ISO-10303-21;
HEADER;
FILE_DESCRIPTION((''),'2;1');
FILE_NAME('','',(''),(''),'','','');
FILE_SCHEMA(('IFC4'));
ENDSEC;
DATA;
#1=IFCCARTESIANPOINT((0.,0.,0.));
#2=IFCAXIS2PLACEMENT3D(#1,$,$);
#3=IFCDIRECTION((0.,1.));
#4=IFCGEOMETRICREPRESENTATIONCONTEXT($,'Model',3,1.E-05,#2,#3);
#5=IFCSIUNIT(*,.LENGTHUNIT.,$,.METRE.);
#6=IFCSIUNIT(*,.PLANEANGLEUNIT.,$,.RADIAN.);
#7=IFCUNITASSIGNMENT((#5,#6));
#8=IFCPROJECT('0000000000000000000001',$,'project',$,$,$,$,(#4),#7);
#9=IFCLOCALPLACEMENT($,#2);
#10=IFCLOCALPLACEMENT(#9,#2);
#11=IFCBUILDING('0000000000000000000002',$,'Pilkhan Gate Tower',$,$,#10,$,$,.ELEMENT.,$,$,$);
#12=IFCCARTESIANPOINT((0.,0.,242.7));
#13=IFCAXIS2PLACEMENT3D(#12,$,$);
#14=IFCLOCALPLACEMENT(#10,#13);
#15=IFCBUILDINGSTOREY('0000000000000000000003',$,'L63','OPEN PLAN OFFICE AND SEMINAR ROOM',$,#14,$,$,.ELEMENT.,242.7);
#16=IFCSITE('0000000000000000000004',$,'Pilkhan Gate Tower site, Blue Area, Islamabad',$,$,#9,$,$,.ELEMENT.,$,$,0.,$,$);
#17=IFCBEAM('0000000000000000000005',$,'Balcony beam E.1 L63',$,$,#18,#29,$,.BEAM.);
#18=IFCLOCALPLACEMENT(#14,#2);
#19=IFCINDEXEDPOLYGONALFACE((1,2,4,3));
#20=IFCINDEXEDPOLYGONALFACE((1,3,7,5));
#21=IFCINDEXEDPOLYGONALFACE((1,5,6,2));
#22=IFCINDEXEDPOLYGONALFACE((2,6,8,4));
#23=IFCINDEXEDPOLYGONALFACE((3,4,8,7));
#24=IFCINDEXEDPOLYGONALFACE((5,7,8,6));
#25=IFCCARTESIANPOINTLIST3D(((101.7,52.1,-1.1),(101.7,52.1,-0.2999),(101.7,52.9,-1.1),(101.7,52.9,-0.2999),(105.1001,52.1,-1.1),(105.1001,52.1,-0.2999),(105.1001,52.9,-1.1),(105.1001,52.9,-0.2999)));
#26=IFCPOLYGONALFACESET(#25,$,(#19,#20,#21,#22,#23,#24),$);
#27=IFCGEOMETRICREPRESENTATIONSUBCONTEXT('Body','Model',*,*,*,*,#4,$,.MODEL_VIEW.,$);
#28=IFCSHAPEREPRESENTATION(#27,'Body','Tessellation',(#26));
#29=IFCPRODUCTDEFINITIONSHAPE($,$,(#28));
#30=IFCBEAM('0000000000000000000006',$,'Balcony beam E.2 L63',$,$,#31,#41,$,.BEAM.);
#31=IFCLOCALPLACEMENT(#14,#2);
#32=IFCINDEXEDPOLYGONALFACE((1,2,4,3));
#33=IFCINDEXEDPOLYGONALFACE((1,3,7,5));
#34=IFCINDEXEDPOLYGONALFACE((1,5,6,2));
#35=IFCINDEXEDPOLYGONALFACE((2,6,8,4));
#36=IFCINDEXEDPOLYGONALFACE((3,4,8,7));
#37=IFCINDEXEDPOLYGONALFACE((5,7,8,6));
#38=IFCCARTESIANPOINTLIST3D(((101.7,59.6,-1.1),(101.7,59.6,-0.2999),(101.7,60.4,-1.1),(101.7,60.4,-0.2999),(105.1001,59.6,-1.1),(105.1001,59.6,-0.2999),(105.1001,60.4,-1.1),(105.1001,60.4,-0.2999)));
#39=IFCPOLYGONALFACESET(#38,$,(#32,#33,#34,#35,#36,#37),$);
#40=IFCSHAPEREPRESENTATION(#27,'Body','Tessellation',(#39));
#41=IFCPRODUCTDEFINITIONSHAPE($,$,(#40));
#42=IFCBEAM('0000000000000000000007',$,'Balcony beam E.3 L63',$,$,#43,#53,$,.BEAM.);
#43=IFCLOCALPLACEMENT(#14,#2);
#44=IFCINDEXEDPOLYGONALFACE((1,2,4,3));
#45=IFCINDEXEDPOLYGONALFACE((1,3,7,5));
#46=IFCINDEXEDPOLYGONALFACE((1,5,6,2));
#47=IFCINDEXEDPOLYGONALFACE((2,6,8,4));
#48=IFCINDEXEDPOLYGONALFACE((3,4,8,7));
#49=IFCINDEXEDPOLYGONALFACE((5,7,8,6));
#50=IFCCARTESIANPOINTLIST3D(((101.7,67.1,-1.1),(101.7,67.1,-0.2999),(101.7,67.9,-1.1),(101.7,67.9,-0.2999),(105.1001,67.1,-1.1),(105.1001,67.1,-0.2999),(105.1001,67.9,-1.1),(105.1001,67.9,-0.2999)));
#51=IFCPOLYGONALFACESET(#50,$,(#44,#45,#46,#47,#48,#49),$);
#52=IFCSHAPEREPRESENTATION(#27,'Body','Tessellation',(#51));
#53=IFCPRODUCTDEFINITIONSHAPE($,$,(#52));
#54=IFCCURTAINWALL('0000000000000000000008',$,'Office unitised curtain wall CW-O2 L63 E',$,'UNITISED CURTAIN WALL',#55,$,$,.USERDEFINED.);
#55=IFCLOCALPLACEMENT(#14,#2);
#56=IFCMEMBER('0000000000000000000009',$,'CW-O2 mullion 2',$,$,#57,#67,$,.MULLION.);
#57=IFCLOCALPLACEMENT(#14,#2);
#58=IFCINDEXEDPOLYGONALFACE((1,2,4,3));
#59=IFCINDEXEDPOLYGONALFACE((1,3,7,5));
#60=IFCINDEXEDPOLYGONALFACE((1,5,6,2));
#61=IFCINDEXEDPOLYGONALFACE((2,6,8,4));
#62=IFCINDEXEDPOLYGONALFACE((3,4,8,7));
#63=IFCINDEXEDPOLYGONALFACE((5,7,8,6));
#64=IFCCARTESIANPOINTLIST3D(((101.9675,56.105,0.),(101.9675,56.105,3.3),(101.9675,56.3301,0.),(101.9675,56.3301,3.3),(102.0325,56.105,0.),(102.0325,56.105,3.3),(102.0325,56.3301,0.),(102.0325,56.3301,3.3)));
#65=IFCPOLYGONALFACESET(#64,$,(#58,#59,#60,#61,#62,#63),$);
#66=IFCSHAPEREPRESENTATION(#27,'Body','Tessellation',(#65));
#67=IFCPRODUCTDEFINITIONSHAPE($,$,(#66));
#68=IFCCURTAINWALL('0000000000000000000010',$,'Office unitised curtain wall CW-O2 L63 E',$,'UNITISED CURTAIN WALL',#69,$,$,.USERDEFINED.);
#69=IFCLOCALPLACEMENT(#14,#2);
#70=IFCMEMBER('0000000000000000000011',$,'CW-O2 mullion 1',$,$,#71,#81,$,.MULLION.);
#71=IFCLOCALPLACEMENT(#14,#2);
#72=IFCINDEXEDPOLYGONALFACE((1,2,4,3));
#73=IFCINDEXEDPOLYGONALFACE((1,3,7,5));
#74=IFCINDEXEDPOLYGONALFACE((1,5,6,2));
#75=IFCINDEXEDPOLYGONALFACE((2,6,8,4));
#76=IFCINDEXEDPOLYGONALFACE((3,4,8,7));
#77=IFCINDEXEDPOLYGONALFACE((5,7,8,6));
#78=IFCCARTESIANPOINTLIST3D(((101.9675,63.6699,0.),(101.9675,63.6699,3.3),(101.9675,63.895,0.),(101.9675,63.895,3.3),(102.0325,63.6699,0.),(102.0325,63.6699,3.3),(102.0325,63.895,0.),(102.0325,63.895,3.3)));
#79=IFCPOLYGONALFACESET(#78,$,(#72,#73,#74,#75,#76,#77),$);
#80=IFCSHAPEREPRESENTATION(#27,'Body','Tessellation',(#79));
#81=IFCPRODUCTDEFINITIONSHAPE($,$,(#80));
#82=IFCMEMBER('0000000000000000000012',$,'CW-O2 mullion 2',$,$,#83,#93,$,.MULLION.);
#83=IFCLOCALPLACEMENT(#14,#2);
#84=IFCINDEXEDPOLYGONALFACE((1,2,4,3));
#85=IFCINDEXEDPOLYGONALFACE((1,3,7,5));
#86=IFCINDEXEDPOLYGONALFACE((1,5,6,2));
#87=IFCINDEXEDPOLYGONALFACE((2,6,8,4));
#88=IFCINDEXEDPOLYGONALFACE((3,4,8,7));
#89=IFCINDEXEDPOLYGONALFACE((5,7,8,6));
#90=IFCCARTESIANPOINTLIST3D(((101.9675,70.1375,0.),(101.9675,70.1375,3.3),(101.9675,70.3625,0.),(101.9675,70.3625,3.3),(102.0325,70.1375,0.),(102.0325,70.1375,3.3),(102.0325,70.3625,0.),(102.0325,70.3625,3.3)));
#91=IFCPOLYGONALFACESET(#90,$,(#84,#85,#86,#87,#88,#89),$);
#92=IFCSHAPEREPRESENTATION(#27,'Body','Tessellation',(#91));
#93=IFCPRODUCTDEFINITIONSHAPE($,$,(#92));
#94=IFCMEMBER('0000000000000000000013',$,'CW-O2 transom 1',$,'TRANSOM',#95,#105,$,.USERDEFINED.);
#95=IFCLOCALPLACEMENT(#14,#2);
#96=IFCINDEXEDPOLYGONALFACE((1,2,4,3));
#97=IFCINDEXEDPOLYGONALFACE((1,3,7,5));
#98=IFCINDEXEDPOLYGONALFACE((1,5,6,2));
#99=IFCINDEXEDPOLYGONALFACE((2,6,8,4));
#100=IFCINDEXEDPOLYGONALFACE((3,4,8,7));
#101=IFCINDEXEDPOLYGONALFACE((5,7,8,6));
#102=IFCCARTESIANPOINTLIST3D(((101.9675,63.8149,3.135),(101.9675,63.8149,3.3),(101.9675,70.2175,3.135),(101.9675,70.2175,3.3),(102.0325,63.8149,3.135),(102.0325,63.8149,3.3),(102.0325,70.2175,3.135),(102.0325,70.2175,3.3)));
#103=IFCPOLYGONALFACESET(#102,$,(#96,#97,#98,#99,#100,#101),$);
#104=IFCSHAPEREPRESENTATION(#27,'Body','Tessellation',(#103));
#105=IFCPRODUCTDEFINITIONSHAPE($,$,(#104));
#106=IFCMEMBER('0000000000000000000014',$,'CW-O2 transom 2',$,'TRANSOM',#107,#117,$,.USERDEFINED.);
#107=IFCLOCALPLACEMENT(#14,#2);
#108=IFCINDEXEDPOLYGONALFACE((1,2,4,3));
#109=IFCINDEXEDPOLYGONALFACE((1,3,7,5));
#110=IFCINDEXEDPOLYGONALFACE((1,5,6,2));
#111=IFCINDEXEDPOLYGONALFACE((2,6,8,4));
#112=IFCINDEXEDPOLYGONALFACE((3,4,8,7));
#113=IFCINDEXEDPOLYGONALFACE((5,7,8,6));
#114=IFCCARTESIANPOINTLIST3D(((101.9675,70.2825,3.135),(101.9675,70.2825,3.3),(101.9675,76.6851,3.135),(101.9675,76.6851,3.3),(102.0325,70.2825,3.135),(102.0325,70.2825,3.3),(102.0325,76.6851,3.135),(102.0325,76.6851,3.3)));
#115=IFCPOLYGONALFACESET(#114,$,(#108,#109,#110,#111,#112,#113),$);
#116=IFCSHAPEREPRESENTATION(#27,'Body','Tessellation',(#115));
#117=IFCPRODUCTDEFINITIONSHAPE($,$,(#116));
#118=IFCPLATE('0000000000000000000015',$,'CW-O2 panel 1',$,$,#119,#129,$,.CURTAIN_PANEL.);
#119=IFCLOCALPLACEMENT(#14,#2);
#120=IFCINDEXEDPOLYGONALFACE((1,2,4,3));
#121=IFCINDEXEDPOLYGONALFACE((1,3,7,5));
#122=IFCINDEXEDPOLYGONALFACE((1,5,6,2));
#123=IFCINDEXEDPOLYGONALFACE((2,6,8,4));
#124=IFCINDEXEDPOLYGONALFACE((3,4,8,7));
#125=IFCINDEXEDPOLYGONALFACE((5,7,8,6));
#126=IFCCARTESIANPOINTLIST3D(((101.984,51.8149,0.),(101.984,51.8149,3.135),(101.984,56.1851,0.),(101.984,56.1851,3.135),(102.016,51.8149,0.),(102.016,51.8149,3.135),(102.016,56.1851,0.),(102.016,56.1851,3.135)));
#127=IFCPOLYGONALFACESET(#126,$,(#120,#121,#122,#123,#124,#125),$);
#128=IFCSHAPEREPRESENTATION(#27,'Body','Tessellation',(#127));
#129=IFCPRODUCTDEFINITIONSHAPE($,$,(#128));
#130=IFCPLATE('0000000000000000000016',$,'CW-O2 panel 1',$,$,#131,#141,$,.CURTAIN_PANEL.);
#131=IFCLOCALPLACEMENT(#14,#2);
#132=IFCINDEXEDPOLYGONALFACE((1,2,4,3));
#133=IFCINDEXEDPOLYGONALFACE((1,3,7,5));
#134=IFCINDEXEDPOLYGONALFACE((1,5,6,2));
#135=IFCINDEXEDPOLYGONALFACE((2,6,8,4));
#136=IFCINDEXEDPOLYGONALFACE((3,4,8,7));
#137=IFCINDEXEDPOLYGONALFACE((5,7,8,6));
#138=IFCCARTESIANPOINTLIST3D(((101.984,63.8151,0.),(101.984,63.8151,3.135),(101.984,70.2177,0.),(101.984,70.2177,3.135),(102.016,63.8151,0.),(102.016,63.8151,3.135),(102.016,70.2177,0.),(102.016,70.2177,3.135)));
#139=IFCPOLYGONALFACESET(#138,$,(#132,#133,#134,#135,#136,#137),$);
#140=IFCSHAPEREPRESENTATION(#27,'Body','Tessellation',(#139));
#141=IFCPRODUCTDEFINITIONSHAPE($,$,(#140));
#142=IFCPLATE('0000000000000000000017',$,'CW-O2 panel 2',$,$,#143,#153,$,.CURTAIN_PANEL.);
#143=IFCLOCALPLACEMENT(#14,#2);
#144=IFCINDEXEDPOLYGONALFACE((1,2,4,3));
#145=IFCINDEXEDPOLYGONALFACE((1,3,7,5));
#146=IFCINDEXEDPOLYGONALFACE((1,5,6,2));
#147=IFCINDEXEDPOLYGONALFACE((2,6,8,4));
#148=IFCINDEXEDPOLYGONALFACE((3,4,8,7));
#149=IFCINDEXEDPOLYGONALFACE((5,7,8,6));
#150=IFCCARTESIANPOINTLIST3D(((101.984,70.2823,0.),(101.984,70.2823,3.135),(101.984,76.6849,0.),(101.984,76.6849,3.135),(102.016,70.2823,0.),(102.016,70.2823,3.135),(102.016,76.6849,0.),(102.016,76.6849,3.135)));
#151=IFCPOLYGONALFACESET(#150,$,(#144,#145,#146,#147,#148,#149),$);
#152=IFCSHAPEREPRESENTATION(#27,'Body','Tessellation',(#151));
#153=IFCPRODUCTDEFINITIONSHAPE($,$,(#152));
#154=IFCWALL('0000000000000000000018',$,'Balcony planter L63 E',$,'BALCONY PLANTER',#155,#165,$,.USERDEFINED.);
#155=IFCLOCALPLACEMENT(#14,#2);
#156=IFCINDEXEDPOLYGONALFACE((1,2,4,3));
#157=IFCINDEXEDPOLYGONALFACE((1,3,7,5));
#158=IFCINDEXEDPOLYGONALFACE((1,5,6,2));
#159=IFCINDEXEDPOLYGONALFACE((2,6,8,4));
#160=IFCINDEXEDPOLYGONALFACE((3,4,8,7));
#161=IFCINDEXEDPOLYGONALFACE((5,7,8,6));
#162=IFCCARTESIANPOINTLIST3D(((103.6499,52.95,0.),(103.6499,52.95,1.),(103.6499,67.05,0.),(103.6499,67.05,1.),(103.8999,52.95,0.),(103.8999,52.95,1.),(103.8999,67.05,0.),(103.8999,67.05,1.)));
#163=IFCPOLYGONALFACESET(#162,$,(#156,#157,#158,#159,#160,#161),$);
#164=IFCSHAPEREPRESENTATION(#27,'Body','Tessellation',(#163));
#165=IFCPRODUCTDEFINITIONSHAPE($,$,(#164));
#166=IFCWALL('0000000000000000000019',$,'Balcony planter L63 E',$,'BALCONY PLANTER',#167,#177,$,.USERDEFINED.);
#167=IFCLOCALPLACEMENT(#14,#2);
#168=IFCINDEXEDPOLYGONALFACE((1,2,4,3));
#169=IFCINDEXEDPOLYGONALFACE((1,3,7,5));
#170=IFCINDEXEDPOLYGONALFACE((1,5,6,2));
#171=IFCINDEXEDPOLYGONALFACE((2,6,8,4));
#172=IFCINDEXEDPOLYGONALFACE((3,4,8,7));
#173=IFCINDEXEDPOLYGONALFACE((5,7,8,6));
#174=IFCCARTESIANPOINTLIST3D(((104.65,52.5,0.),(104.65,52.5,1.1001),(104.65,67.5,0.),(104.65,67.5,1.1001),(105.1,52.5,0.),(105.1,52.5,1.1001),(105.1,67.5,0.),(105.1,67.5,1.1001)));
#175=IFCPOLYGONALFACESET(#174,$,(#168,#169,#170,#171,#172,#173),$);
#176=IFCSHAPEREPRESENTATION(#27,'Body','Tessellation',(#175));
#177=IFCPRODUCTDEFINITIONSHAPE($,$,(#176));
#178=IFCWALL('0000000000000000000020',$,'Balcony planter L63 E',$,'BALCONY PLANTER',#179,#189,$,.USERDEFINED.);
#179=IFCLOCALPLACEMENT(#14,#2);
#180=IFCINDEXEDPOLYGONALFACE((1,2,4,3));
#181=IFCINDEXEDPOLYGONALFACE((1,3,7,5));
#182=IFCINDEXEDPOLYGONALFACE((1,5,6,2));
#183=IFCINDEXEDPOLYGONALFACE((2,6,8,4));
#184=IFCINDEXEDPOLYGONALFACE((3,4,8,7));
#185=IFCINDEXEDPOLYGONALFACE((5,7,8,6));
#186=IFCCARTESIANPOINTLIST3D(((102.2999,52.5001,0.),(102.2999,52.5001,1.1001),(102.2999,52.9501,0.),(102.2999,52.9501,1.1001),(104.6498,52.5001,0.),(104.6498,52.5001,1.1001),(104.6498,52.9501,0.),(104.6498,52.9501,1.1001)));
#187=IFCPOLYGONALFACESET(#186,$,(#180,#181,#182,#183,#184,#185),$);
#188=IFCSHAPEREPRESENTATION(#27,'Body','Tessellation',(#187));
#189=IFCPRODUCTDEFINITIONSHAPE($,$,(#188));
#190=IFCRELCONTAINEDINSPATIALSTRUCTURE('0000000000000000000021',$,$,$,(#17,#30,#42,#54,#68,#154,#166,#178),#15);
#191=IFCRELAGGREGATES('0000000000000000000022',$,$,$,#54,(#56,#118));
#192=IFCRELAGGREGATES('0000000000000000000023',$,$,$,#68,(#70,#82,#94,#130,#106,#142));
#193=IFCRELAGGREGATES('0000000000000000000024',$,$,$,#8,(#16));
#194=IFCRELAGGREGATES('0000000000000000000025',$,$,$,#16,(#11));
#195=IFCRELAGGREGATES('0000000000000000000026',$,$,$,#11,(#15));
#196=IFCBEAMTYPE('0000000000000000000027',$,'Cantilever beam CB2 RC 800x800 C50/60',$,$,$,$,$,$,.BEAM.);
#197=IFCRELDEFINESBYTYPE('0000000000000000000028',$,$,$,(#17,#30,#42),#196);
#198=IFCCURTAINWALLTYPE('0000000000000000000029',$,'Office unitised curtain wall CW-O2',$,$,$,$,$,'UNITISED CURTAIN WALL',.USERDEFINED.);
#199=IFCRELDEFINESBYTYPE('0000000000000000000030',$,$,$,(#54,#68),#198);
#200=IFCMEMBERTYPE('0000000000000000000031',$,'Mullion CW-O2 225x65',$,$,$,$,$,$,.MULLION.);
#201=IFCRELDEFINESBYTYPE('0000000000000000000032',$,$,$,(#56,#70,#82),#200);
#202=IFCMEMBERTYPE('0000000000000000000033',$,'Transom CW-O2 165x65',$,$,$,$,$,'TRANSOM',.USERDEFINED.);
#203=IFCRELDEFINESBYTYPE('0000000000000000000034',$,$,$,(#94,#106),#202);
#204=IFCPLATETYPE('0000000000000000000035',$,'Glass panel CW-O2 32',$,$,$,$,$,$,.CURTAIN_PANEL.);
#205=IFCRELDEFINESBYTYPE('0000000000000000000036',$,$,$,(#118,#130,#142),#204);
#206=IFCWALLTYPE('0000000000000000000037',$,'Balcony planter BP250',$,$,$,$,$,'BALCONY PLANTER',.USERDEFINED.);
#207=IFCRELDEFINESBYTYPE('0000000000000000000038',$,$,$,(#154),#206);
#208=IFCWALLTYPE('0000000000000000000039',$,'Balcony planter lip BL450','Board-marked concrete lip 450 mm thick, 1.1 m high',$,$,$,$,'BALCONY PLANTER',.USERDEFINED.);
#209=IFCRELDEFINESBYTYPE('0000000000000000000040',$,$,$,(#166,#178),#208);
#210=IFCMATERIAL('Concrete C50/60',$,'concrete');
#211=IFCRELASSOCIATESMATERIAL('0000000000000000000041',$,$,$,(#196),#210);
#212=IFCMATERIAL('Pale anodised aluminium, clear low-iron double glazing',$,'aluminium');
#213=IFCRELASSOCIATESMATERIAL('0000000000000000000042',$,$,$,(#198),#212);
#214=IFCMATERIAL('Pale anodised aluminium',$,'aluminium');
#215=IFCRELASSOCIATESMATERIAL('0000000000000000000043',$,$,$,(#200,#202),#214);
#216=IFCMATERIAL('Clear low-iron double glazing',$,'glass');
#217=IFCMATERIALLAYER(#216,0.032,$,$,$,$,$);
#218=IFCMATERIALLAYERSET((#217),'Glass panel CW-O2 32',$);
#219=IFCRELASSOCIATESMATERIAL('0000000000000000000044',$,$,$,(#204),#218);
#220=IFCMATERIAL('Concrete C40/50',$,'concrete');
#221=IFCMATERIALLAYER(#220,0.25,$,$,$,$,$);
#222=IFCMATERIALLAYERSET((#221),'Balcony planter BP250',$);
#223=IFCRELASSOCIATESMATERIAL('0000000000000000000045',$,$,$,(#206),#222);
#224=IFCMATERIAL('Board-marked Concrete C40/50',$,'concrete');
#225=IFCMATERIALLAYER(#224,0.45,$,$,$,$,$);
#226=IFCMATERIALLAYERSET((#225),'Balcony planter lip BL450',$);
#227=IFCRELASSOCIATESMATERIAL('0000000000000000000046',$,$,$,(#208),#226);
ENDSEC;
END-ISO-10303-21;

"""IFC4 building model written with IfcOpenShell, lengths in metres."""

from ifc_helpers import new_model, si_unit, direction, frame, frame_2d, origin, origin_2d, place, context, subcontext, project, spatial, rectangle, extrude, material, layer, layer_set, material_profile, profile_set, type_object, element, aggregate, save


model = new_model("IFC4")

# Units and contexts
model_context = context("Model", 3, precision=1e-05, world=origin(), true_north=direction((0.0, 1.0)))
body_context = subcontext(model_context, "Body", "Model", "MODEL_VIEW")
ifc_project = project(units=[si_unit("LENGTHUNIT", "METRE"), si_unit("PLANEANGLEUNIT", "RADIAN")], contexts=[model_context])

# Site, building, storey
site_placement = place(None, origin())
site = spatial("IfcSite", under=ifc_project, at=site_placement, Name="Pilkhan Gate Tower site, Blue Area, Islamabad", CompositionType="ELEMENT", RefElevation=0.0)
building_placement = place(site_placement, origin())
building = spatial("IfcBuilding", under=site, at=building_placement, Name="Pilkhan Gate Tower", CompositionType="ELEMENT")
storey_placement = place(building_placement, frame((0.0, 0.0, 242.7)))
storey = spatial("IfcBuildingStorey", under=building, at=storey_placement, Name="L63", Description="OPEN PLAN OFFICE AND SEMINAR ROOM", CompositionType="ELEMENT", Elevation=242.7)

# Beams
ifc_material_1 = material(Name="Concrete C50/60", Category="concrete")
ifc_material_profile_1 = material_profile(ifc_material_1, rectangle(XDim=0.8, YDim=0.8, at=origin_2d()), Name="RC 800x800")
ifc_profile_set_1 = profile_set([ifc_material_profile_1], Name="Concrete C50/60")
beam_type = type_object("IfcBeamType", Name="Cantilever beam CB2 RC 800x800 C50/60", PredefinedType="BEAM", material=ifc_profile_set_1)
for number, where, z_axis, x_axis, name in (
    (1, (101.7, 52.5, -0.7), (1.0, 0.0, 0.0), (0.0, 1.0, 0.0), "Balcony beam E.1 L63"),
    (2, (101.7, 60.0, -0.7), (1.0, 0.0, 0.0), (0.0, 1.0, 0.0), "Balcony beam E.2 L63"),
    (3, (101.7, 67.5, -0.7), (1.0, 0.0, 0.0), (0.0, 1.0, 0.0), "Balcony beam E.3 L63"),
):
    element("IfcBeam", number, at=place(storey_placement, frame(where, z_axis=z_axis, x_axis=x_axis)), inside=storey, type_object=beam_type, Name=name, PredefinedType="BEAM", context=body_context, shape_type="SweptSolid", body=[
        extrude(rectangle(XDim=0.8, YDim=0.8, at=origin_2d()), origin(), (0.0, 0.0, 1.0), 3.4001),
    ])

# Curtain wall, member
ifc_material_2 = material(Name="Pale anodised aluminium, clear low-iron double glazing", Category="aluminium")
curtain_wall_type = type_object("IfcCurtainWallType", Name="Office unitised curtain wall CW-O2", ElementType="UNITISED CURTAIN WALL", PredefinedType="USERDEFINED", material=ifc_material_2)
curtain_wall_1_placement = place(storey_placement, origin())
curtain_wall_1 = element("IfcCurtainWall", 4, at=curtain_wall_1_placement, inside=storey, type_object=curtain_wall_type, Name="Office unitised curtain wall CW-O2 L63 E", ObjectType="UNITISED CURTAIN WALL", PredefinedType="USERDEFINED")
ifc_material_3 = material(Name="Pale anodised aluminium", Category="aluminium")
ifc_material_profile_2 = material_profile(ifc_material_3, rectangle(XDim=0.0649, YDim=0.2251, at=origin_2d()), Name="Mullion 225x65")
ifc_profile_set_2 = profile_set([ifc_material_profile_2], Name="Pale anodised aluminium")
member_type_1 = type_object("IfcMemberType", Name="Mullion CW-O2 225x65", PredefinedType="MULLION", material=ifc_profile_set_2)
member_1_placement = place(storey_placement, frame((102.0, 56.2175, 0.0), z_axis=(0.0, 0.0, 1.0), x_axis=(-1.0, 0.0, 0.0)))
member_1 = element("IfcMember", 5, at=member_1_placement, type_object=member_type_1, Name="CW-O2 mullion 2", PredefinedType="MULLION", context=body_context, shape_type="SweptSolid", body=[
    extrude(rectangle(XDim=0.0649, YDim=0.2251, at=origin_2d()), origin(), (0.0, 0.0, 1.0), 3.3),
])

# Curtain wall, members
curtain_wall_2_placement = place(storey_placement, origin())
curtain_wall_2 = element("IfcCurtainWall", 6, at=curtain_wall_2_placement, inside=storey, type_object=curtain_wall_type, Name="Office unitised curtain wall CW-O2 L63 E", ObjectType="UNITISED CURTAIN WALL", PredefinedType="USERDEFINED")
member_2_placement = place(storey_placement, frame((102.0, 63.7825, 0.0), z_axis=(0.0, 0.0, 1.0), x_axis=(-1.0, 0.0, 0.0)))
member_2 = element("IfcMember", 7, at=member_2_placement, type_object=member_type_1, Name="CW-O2 mullion 1", PredefinedType="MULLION", context=body_context, shape_type="SweptSolid", body=[
    extrude(rectangle(XDim=0.0649, YDim=0.2251, at=origin_2d()), origin(), (0.0, 0.0, 1.0), 3.3),
])
member_3_placement = place(storey_placement, frame((102.0, 70.25, 0.0), z_axis=(0.0, 0.0, 1.0), x_axis=(-1.0, 0.0, 0.0)))
member_3 = element("IfcMember", 8, at=member_3_placement, type_object=member_type_1, Name="CW-O2 mullion 2", PredefinedType="MULLION", context=body_context, shape_type="SweptSolid", body=[
    extrude(rectangle(XDim=0.0649, YDim=0.2251, at=origin_2d()), origin(), (0.0, 0.0, 1.0), 3.3),
])
ifc_material_profile_3 = material_profile(ifc_material_3, rectangle(XDim=0.0649, YDim=0.165, at=origin_2d()), Name="Transom 165x65")
ifc_profile_set_3 = profile_set([ifc_material_profile_3], Name="Pale anodised aluminium")
member_type_2 = type_object("IfcMemberType", Name="Transom CW-O2 165x65", ElementType="TRANSOM", PredefinedType="USERDEFINED", material=ifc_profile_set_3)
member_4_placement = place(storey_placement, frame((102.0, 63.8149, 3.2175), z_axis=(0.0, 1.0, 0.0), x_axis=(-1.0, 0.0, 0.0)))
member_4 = element("IfcMember", 9, at=member_4_placement, type_object=member_type_2, Name="CW-O2 transom 1", ObjectType="TRANSOM", PredefinedType="USERDEFINED", context=body_context, shape_type="SweptSolid", body=[
    extrude(rectangle(XDim=0.0649, YDim=0.165, at=origin_2d()), origin(), (0.0, 0.0, 1.0), 6.4026),
])
member_5_placement = place(storey_placement, frame((102.0, 70.2825, 3.2175), z_axis=(0.0, 1.0, 0.0), x_axis=(-1.0, 0.0, 0.0)))
member_5 = element("IfcMember", 10, at=member_5_placement, type_object=member_type_2, Name="CW-O2 transom 2", ObjectType="TRANSOM", PredefinedType="USERDEFINED", context=body_context, shape_type="SweptSolid", body=[
    extrude(rectangle(XDim=0.0649, YDim=0.165, at=origin_2d()), origin(), (0.0, 0.0, 1.0), 6.4026),
])

# Plates
ifc_material_4 = material(Name="Clear low-iron double glazing", Category="glass")
ifc_layer_1 = layer(ifc_material_4, 0.032)
ifc_layer_set_1 = layer_set([ifc_layer_1], Name="Glass panel CW-O2 32")
plate_type = type_object("IfcPlateType", Name="Glass panel CW-O2 32", PredefinedType="CURTAIN_PANEL", material=ifc_layer_set_1)
plate_1_placement = place(storey_placement, frame((102.0, 54.0, 0.0), z_axis=(0.0, 0.0, 1.0), x_axis=(0.0, 1.0, 0.0)))
plate_1 = element("IfcPlate", 11, at=plate_1_placement, type_object=plate_type, Name="CW-O2 panel 1", PredefinedType="CURTAIN_PANEL", context=body_context, shape_type="SweptSolid", body=[
    extrude(rectangle(XDim=4.3701, YDim=0.032, at=origin_2d()), origin(), (0.0, 0.0, 1.0), 3.135),
])
aggregate(curtain_wall_1, [member_1, plate_1])
plate_2_placement = place(storey_placement, frame((102.0, 67.0164, 0.0), z_axis=(0.0, 0.0, 1.0), x_axis=(0.0, 1.0, 0.0)))
plate_2 = element("IfcPlate", 12, at=plate_2_placement, type_object=plate_type, Name="CW-O2 panel 1", PredefinedType="CURTAIN_PANEL", context=body_context, shape_type="SweptSolid", body=[
    extrude(rectangle(XDim=6.4026, YDim=0.032, at=origin_2d()), origin(), (0.0, 0.0, 1.0), 3.135),
])
plate_3_placement = place(storey_placement, frame((102.0, 73.4836, 0.0), z_axis=(0.0, 0.0, 1.0), x_axis=(0.0, 1.0, 0.0)))
plate_3 = element("IfcPlate", 13, at=plate_3_placement, type_object=plate_type, Name="CW-O2 panel 2", PredefinedType="CURTAIN_PANEL", context=body_context, shape_type="SweptSolid", body=[
    extrude(rectangle(XDim=6.4026, YDim=0.032, at=origin_2d()), origin(), (0.0, 0.0, 1.0), 3.135),
])
aggregate(curtain_wall_2, [member_2, member_3, member_4, plate_2, member_5, plate_3])

# Walls
ifc_material_5 = material(Name="Concrete C40/50", Category="concrete")
ifc_layer_2 = layer(ifc_material_5, 0.25)
ifc_layer_set_2 = layer_set([ifc_layer_2], Name="Balcony planter BP250")
wall_type_1 = type_object("IfcWallType", Name="Balcony planter BP250", ElementType="BALCONY PLANTER", PredefinedType="USERDEFINED", material=ifc_layer_set_2)
wall_1_placement = place(storey_placement, frame((103.7749, 52.95, 0.0), z_axis=(0.0, 0.0, 1.0), x_axis=(0.0, 1.0, 0.0)))
element("IfcWall", 14, at=wall_1_placement, inside=storey, type_object=wall_type_1, Name="Balcony planter L63 E", ObjectType="BALCONY PLANTER", PredefinedType="USERDEFINED", context=body_context, shape_type="SweptSolid", body=[
    extrude(rectangle(XDim=14.1001, YDim=0.25, at=frame_2d((7.05, 0.0))), origin(), (0.0, 0.0, 1.0), 1.0),
])
ifc_material_6 = material(Name="Board-marked Concrete C40/50", Category="concrete")
ifc_layer_3 = layer(ifc_material_6, 0.45)
ifc_layer_set_3 = layer_set([ifc_layer_3], Name="Balcony planter lip BL450")
wall_type_2 = type_object("IfcWallType", Name="Balcony planter lip BL450", Description="Board-marked concrete lip 450 mm thick, 1.1 m high", ElementType="BALCONY PLANTER", PredefinedType="USERDEFINED", material=ifc_layer_set_3)
wall_2_placement = place(storey_placement, frame((104.875, 52.5, 0.0), z_axis=(0.0, 0.0, 1.0), x_axis=(0.0, 1.0, 0.0)))
element("IfcWall", 15, at=wall_2_placement, inside=storey, type_object=wall_type_2, Name="Balcony planter L63 E", ObjectType="BALCONY PLANTER", PredefinedType="USERDEFINED", context=body_context, shape_type="SweptSolid", body=[
    extrude(rectangle(XDim=15.0, YDim=0.45, at=frame_2d((7.5, 0.0))), origin(), (0.0, 0.0, 1.0), 1.1001),
])
for number, where, z_axis, x_axis, name in (
    (16, (102.3, 52.7251, 0.0), (0.0, 0.0, 1.0), (1.0, 0.0, 0.0), "Balcony planter L63 E"),
):
    element("IfcWall", number, at=place(storey_placement, frame(where, z_axis=z_axis, x_axis=x_axis)), inside=storey, type_object=wall_type_2, Name=name, ObjectType="BALCONY PLANTER", PredefinedType="USERDEFINED", context=body_context, shape_type="SweptSolid", body=[
        extrude(rectangle(XDim=2.3499, YDim=0.45, at=frame_2d((1.1748, 0.0))), origin(), (0.0, 0.0, 1.0), 1.1001),
    ])

save(model, "model.ifc")
